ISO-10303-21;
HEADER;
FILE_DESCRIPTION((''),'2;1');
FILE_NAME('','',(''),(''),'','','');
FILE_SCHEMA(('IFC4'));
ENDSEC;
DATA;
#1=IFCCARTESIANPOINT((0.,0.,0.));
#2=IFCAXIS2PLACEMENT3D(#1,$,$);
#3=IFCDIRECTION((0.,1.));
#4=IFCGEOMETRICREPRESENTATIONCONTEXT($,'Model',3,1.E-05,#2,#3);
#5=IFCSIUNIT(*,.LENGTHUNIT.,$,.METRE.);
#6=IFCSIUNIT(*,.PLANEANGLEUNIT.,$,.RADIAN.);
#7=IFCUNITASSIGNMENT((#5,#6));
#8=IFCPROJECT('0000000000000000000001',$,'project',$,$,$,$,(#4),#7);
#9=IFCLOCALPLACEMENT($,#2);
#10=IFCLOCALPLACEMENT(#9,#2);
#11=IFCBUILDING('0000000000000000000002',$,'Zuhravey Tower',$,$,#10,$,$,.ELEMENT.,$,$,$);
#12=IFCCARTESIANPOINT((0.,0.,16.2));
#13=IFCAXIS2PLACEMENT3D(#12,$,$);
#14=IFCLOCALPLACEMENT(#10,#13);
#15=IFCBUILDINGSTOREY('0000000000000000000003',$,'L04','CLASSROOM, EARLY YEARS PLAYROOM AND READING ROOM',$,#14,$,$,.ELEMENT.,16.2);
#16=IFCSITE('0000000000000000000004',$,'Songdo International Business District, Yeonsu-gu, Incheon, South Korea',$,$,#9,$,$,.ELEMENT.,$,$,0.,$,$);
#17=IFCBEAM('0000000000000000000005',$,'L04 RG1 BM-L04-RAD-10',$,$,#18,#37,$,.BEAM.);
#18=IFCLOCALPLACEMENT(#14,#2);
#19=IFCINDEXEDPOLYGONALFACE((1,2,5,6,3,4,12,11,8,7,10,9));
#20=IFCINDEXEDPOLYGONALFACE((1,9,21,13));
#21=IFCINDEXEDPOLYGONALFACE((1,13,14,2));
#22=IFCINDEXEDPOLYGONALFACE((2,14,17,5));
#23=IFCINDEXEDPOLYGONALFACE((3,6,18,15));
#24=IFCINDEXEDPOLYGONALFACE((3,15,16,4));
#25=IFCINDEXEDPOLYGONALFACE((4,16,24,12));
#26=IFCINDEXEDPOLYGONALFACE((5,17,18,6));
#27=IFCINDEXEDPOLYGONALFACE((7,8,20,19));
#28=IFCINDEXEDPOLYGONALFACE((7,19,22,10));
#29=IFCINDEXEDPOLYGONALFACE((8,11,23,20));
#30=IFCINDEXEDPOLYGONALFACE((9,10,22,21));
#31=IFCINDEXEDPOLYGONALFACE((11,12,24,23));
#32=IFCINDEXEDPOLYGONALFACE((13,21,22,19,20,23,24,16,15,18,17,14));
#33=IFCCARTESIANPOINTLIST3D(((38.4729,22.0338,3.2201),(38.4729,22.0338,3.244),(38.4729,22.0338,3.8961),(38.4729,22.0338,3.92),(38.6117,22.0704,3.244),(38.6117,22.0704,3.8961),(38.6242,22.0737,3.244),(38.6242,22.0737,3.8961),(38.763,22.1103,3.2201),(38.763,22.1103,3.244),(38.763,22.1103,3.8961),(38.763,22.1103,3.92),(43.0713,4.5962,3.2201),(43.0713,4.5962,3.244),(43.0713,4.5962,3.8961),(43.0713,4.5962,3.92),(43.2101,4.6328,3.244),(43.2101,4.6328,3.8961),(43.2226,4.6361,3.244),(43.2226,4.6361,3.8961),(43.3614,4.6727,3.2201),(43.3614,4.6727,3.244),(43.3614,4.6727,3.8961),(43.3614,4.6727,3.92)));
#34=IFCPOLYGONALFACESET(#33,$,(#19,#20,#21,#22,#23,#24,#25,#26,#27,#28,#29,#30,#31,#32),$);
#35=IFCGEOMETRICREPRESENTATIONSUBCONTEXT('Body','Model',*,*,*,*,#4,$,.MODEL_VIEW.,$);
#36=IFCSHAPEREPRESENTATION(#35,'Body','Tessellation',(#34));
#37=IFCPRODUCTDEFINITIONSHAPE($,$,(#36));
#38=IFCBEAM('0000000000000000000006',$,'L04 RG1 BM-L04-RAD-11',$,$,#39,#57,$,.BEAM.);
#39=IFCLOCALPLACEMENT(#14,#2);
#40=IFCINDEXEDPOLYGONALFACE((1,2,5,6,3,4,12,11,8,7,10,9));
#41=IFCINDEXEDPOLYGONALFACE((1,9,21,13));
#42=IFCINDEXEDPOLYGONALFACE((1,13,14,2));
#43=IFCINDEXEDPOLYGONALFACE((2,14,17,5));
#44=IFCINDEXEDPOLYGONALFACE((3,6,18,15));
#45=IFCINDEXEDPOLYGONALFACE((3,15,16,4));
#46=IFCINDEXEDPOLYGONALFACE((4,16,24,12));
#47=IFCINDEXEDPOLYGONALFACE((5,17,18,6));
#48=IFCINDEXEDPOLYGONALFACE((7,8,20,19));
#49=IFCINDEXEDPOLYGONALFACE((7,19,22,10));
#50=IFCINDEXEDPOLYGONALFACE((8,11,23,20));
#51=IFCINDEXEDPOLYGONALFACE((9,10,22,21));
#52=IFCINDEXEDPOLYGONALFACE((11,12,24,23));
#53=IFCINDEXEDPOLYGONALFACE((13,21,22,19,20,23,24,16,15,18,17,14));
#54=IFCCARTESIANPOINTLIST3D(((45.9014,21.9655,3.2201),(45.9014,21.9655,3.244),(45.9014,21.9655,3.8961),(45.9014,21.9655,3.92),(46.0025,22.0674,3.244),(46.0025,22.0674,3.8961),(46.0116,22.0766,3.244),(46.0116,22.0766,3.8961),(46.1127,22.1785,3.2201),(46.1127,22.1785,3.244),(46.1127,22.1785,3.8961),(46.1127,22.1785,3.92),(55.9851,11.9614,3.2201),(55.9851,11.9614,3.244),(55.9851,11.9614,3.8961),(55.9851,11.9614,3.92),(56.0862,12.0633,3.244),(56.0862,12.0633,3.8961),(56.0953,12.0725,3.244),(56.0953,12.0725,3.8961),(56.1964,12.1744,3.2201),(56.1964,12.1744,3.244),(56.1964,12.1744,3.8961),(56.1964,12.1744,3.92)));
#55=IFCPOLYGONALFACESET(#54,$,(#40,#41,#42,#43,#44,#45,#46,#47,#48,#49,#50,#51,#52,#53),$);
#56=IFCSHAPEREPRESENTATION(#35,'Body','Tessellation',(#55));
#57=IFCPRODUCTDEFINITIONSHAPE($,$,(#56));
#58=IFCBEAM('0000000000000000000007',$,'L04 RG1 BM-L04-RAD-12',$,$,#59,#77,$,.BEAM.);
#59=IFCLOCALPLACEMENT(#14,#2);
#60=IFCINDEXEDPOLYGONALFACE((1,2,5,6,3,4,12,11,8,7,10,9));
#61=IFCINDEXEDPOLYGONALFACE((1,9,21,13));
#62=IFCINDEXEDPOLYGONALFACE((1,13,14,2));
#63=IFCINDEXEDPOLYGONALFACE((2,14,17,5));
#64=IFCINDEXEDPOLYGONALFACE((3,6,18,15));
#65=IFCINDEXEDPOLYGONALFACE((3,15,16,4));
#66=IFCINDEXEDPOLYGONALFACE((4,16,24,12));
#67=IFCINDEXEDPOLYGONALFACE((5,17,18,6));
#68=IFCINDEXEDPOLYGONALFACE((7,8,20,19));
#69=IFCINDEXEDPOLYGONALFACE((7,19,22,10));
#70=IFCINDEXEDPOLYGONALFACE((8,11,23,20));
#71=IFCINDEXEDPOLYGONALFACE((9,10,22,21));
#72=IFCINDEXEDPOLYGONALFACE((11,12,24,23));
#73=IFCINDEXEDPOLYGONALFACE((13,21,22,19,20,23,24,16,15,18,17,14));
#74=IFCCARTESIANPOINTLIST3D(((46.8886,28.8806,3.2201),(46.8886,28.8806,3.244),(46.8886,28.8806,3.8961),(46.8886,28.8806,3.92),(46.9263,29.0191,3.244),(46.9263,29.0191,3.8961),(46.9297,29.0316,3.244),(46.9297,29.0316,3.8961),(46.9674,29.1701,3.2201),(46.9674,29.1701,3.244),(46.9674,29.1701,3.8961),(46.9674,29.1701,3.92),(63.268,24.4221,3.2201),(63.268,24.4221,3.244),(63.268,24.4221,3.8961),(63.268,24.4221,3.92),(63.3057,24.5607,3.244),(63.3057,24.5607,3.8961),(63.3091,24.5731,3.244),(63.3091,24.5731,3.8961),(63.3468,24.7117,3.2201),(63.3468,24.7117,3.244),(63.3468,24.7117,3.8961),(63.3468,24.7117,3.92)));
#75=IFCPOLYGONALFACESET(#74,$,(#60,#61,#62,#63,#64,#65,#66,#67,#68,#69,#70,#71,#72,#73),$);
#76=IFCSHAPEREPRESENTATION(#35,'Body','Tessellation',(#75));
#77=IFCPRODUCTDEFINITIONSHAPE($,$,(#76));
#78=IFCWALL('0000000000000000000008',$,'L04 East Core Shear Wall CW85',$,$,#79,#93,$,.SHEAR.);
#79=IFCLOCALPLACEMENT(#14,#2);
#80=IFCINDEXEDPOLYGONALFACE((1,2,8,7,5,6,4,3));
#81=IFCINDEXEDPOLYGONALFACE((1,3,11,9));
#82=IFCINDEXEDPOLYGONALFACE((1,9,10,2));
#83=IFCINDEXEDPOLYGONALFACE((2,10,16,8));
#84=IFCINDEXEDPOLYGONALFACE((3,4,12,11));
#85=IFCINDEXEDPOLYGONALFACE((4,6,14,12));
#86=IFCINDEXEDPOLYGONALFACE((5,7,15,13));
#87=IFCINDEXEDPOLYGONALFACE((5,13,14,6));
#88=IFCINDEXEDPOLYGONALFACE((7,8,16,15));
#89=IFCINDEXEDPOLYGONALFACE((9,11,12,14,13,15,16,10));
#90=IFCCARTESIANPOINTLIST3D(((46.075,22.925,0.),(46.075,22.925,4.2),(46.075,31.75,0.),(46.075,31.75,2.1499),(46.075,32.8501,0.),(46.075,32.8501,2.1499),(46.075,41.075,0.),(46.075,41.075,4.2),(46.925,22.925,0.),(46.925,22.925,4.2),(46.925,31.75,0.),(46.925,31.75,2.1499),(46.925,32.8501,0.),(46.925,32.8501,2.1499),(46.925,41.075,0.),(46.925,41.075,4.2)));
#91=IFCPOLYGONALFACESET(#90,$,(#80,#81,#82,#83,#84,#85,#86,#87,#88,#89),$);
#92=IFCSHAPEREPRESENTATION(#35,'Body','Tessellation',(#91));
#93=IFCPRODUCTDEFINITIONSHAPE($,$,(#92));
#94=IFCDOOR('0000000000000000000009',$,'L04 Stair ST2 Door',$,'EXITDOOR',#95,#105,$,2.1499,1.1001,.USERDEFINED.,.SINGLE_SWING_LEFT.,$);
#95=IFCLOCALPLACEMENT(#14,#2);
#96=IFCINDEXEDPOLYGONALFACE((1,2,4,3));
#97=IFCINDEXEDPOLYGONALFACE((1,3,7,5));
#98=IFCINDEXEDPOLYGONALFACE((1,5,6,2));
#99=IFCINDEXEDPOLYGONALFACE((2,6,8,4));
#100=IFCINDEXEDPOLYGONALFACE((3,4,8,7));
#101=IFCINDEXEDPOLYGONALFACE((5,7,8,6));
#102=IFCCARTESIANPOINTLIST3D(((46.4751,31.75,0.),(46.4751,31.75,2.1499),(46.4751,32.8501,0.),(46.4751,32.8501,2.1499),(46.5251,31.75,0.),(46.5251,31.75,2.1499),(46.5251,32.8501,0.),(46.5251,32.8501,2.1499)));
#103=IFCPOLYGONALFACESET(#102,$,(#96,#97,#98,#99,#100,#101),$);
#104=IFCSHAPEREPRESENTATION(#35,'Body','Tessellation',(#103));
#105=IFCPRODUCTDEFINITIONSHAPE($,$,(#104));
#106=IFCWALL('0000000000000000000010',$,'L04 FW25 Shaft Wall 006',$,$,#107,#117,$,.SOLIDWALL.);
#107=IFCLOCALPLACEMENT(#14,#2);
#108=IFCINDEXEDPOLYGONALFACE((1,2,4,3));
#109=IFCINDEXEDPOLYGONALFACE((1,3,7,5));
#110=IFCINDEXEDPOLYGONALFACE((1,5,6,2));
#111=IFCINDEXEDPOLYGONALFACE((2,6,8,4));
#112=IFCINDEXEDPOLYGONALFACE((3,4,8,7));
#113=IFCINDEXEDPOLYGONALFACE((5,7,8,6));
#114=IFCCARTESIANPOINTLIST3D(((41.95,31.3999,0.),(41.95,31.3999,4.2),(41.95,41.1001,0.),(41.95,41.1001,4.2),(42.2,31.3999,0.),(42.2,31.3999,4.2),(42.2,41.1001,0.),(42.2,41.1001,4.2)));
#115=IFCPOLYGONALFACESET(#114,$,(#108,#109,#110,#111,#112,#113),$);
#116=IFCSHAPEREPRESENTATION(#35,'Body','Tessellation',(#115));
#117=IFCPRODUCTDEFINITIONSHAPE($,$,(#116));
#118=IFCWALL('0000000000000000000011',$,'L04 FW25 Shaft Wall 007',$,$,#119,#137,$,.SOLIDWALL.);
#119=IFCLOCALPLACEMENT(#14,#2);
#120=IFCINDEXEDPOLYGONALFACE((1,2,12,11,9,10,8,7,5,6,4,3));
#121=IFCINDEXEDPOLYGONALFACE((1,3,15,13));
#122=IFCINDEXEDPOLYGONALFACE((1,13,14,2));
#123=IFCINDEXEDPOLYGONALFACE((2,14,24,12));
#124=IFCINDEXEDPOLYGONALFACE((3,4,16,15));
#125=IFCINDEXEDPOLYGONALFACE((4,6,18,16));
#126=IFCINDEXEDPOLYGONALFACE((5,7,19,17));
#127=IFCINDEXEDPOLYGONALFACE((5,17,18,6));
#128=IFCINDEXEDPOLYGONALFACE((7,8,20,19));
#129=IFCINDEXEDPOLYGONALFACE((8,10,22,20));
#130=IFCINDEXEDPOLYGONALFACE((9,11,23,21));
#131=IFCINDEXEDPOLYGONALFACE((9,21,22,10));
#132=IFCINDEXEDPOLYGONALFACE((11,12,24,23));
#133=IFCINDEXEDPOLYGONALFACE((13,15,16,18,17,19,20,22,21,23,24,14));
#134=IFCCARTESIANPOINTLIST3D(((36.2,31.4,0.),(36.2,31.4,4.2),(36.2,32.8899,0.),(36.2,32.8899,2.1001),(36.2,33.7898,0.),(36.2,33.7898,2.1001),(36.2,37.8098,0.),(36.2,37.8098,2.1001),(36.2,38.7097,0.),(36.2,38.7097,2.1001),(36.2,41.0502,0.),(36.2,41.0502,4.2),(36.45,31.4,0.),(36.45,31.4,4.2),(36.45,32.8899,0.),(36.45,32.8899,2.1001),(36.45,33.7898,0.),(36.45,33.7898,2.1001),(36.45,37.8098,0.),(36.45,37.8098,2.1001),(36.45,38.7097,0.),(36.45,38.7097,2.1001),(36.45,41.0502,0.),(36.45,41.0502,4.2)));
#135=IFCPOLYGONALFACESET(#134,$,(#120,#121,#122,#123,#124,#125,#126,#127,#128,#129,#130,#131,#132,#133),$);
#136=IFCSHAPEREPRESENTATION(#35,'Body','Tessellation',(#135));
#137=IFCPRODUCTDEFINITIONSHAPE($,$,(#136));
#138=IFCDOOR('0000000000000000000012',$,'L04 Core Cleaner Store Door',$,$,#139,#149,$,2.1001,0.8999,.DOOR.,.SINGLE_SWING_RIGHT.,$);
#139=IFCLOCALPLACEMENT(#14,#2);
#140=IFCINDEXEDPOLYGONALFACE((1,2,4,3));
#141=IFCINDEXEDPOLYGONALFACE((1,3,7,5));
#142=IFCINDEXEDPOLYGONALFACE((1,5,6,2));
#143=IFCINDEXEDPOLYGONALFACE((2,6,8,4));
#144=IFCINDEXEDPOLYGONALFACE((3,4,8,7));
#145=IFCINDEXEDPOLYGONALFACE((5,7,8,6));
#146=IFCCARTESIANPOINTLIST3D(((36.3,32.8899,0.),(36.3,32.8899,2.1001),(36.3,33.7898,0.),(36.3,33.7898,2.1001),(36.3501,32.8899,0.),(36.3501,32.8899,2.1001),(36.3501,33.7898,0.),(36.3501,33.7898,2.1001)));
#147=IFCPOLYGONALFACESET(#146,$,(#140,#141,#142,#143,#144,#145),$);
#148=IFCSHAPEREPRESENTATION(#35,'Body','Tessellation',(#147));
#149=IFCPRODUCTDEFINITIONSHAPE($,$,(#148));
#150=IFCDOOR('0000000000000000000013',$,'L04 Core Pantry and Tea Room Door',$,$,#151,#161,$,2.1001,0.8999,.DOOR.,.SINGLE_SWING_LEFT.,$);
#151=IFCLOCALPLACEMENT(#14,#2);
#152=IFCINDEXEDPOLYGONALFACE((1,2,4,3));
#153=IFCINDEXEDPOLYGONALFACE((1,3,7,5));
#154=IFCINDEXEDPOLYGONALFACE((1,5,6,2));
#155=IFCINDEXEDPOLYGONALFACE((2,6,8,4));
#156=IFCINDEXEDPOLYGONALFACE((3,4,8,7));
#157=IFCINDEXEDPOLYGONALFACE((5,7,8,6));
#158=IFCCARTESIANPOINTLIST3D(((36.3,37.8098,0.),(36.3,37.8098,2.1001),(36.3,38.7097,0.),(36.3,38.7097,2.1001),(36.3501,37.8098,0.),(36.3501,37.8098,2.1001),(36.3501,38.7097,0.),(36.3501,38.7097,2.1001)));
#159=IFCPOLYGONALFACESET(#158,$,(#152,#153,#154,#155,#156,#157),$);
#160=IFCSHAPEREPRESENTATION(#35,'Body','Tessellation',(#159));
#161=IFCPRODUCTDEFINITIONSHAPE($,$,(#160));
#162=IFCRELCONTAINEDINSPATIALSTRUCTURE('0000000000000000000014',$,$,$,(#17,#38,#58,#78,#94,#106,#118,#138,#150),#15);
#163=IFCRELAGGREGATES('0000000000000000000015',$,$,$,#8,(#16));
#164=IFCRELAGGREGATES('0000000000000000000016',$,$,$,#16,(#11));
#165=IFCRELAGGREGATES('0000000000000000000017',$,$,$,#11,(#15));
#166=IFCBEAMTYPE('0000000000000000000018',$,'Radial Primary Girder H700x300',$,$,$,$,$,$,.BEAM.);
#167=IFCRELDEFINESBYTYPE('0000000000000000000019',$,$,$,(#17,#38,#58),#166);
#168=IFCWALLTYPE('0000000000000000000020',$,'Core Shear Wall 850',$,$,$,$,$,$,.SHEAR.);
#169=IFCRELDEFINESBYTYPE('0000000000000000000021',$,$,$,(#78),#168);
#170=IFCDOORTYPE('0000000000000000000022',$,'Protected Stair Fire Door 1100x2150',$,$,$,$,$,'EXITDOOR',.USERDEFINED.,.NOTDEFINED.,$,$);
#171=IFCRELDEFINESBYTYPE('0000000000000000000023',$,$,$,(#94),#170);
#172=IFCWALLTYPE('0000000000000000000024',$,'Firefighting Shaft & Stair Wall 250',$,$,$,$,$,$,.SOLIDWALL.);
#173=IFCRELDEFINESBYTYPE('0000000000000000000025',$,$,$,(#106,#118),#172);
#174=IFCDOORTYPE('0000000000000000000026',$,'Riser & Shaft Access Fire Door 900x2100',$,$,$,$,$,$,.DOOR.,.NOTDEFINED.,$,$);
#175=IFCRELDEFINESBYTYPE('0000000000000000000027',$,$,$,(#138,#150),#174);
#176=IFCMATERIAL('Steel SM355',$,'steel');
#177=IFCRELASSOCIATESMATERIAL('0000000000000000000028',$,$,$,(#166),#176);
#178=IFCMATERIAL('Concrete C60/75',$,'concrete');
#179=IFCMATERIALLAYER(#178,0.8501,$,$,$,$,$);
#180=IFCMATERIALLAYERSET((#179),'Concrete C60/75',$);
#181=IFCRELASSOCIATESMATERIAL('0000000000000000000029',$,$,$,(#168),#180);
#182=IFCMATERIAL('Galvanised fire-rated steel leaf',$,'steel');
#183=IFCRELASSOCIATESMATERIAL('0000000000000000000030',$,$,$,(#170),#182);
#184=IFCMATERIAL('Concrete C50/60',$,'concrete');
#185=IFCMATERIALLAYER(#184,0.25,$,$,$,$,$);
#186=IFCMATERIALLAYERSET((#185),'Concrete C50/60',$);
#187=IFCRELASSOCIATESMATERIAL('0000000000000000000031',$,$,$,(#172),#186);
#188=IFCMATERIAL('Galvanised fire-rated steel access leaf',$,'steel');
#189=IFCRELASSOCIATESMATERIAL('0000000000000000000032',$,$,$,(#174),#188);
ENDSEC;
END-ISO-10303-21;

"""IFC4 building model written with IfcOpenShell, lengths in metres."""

from ifc_helpers import new_model, si_unit, direction, frame, frame_2d, origin, origin_2d, place, context, subcontext, project, spatial, rectangle, i_section, extrude, material, layer, layer_set, material_profile, profile_set, type_object, element, fill, save


model = new_model("IFC4")

# Units and contexts
model_context = context("Model", 3, precision=1e-05, world=origin(), true_north=direction((0.0, 1.0)))
body_context = subcontext(model_context, "Body", "Model", "MODEL_VIEW")
ifc_project = project(units=[si_unit("LENGTHUNIT", "METRE"), si_unit("PLANEANGLEUNIT", "RADIAN")], contexts=[model_context])

# Site, building, storey
site_placement = place(None, origin())
site = spatial("IfcSite", under=ifc_project, at=site_placement, Name="Songdo International Business District, Yeonsu-gu, Incheon, South Korea", CompositionType="ELEMENT", RefElevation=0.0)
building_placement = place(site_placement, origin())
building = spatial("IfcBuilding", under=site, at=building_placement, Name="Zuhravey Tower", CompositionType="ELEMENT")
storey_placement = place(building_placement, frame((0.0, 0.0, 16.2)))
storey = spatial("IfcBuildingStorey", under=building, at=storey_placement, Name="L04", Description="CLASSROOM, EARLY YEARS PLAYROOM AND READING ROOM", CompositionType="ELEMENT", Elevation=16.2)

# Beams
ifc_material_1 = material(Name="Steel SM355", Category="steel")
ifc_material_profile = material_profile(ifc_material_1, i_section(OverallWidth=0.3, OverallDepth=0.7, WebThickness=0.0129, FlangeThickness=0.0239, at=origin_2d()), Name="H-700x300x13x24")
ifc_profile_set = profile_set([ifc_material_profile], Name="Steel SM355")
beam_type = type_object("IfcBeamType", Name="Radial Primary Girder H700x300", PredefinedType="BEAM", material=ifc_profile_set)
beam_1_placement = place(storey_placement, frame((38.6179, 22.072, 3.5701), z_axis=(0.25499, -0.966944, 0.0), x_axis=(0.966944, 0.25499, 0.0)))
element("IfcBeam", 1, at=beam_1_placement, inside=storey, type_object=beam_type, Name="L04 RG1 BM-L04-RAD-10", PredefinedType="BEAM", context=body_context, shape_type="SweptSolid", body=[
    extrude(i_section(OverallWidth=0.3, OverallDepth=0.7, WebThickness=0.0129, FlangeThickness=0.0239, at=origin_2d()), origin(), (0.0, 0.0, 1.0), 18.0337),
])
beam_2_placement = place(storey_placement, frame((46.0071, 22.072, 3.5701), z_axis=(0.709903, -0.7043, 0.0), x_axis=(0.7043, 0.709903, 0.0)))
element("IfcBeam", 2, at=beam_2_placement, inside=storey, type_object=beam_type, Name="L04 RG1 BM-L04-RAD-11", PredefinedType="BEAM", context=body_context, shape_type="SweptSolid", body=[
    extrude(i_section(OverallWidth=0.3, OverallDepth=0.7, WebThickness=0.0129, FlangeThickness=0.0239, at=origin_2d()), origin(), (0.0, 0.0, 1.0), 14.2043),
])
beam_3_placement = place(storey_placement, frame((46.928, 29.0254, 3.5701), z_axis=(0.964892, -0.262645, 0.0), x_axis=(0.262645, 0.964892, 0.0)))
element("IfcBeam", 3, at=beam_3_placement, inside=storey, type_object=beam_type, Name="L04 RG1 BM-L04-RAD-12", PredefinedType="BEAM", context=body_context, shape_type="SweptSolid", body=[
    extrude(i_section(OverallWidth=0.3, OverallDepth=0.7, WebThickness=0.0129, FlangeThickness=0.0239, at=origin_2d()), origin(), (0.0, 0.0, 1.0), 16.9753),
])

# Wall, opening, door
ifc_material_2 = material(Name="Concrete C60/75", Category="concrete")
ifc_layer_1 = layer(ifc_material_2, 0.8501)
ifc_layer_set_1 = layer_set([ifc_layer_1], Name="Concrete C60/75")
wall_type_1 = type_object("IfcWallType", Name="Core Shear Wall 850", PredefinedType="SHEAR", material=ifc_layer_set_1)
ifc_material_3 = material(Name="Galvanised fire-rated steel leaf", Category="steel")
wall_1_placement = place(storey_placement, frame((46.5, 22.925, 0.0), z_axis=(0.0, 0.0, 1.0), x_axis=(0.0, 1.0, 0.0)))
wall_1 = element("IfcWall", 4, at=wall_1_placement, inside=storey, type_object=wall_type_1, Name="L04 East Core Shear Wall CW85", PredefinedType="SHEAR", context=body_context, shape_type="SweptSolid", body=[
    extrude(rectangle(XDim=18.1499, YDim=0.8501, at=frame_2d((9.075, 0.0))), origin(), (0.0, 0.0, 1.0), 4.2),
])
opening_1_placement = place(wall_1_placement, frame((8.825, 0.0, 0.0)))
opening_1 = element("IfcOpeningElement", 5, at=opening_1_placement, cuts=wall_1, PredefinedType="OPENING", context=body_context, shape_type="SweptSolid", body=[
    extrude(rectangle(XDim=1.1001, YDim=2.1499, at=frame_2d((0.55, 1.075))), frame((0.0, 0.437, 0.0), z_axis=(0.0, -1.0, 0.0), x_axis=(1.0, 0.0, 0.0)), (0.0, 0.0, 1.0), 0.874),
])
door_type_1 = type_object("IfcDoorType", Name="Protected Stair Fire Door 1100x2150", ElementType="EXITDOOR", OperationType="NOTDEFINED", PredefinedType="USERDEFINED", material=ifc_material_3)
door_1_placement = place(opening_1_placement, origin())
door_1 = element("IfcDoor", 6, at=door_1_placement, inside=storey, type_object=door_type_1, Name="L04 Stair ST2 Door", ObjectType="EXITDOOR", OperationType="SINGLE_SWING_LEFT", OverallHeight=2.1499, OverallWidth=1.1001, PredefinedType="USERDEFINED", context=body_context, shape_type="SweptSolid", body=[
    extrude(rectangle(XDim=1.1001, YDim=2.1499, at=frame_2d((0.55, 1.075))), frame((0.0, 0.0249, 0.0), z_axis=(0.0, -1.0, 0.0), x_axis=(1.0, 0.0, 0.0)), (0.0, 0.0, 1.0), 0.05),
])
fill(opening_1, door_1)

# Wall
ifc_material_4 = material(Name="Concrete C50/60", Category="concrete")
ifc_layer_2 = layer(ifc_material_4, 0.25)
ifc_layer_set_2 = layer_set([ifc_layer_2], Name="Concrete C50/60")
wall_type_2 = type_object("IfcWallType", Name="Firefighting Shaft & Stair Wall 250", PredefinedType="SOLIDWALL", material=ifc_layer_set_2)
wall_2_placement = place(storey_placement, frame((42.075, 31.3999, 0.0), z_axis=(0.0, 0.0, 1.0), x_axis=(0.0, 1.0, 0.0)))
element("IfcWall", 7, at=wall_2_placement, inside=storey, type_object=wall_type_2, Name="L04 FW25 Shaft Wall 006", PredefinedType="SOLIDWALL", context=body_context, shape_type="SweptSolid", body=[
    extrude(rectangle(XDim=9.7002, YDim=0.25, at=frame_2d((4.8501, 0.0))), origin(), (0.0, 0.0, 1.0), 4.2),
])

# Wall, openings, doors
wall_3_placement = place(storey_placement, frame((36.325, 31.3999, 0.0), z_axis=(0.0, 0.0, 1.0), x_axis=(0.0, 1.0, 0.0)))
wall_3 = element("IfcWall", 8, at=wall_3_placement, inside=storey, type_object=wall_type_2, Name="L04 FW25 Shaft Wall 007", PredefinedType="SOLIDWALL", context=body_context, shape_type="SweptSolid", body=[
    extrude(rectangle(XDim=9.6501, YDim=0.25, at=frame_2d((4.8252, 0.0))), origin(), (0.0, 0.0, 1.0), 4.2),
])
opening_2_placement = place(wall_3_placement, frame((1.49, 0.0, 0.0)))
opening_2 = element("IfcOpeningElement", 9, at=opening_2_placement, cuts=wall_3, PredefinedType="OPENING", context=body_context, shape_type="SweptSolid", body=[
    extrude(rectangle(XDim=0.8999, YDim=2.1001, at=frame_2d((0.45, 1.05))), frame((0.0, 0.137, 0.0), z_axis=(0.0, -1.0, 0.0), x_axis=(1.0, 0.0, 0.0)), (0.0, 0.0, 1.0), 0.2739),
])
opening_3_placement = place(wall_3_placement, frame((6.4099, 0.0, 0.0)))
opening_3 = element("IfcOpeningElement", 10, at=opening_3_placement, cuts=wall_3, PredefinedType="OPENING", context=body_context, shape_type="SweptSolid", body=[
    extrude(rectangle(XDim=0.8999, YDim=2.1001, at=frame_2d((0.45, 1.05))), frame((0.0, 0.137, 0.0), z_axis=(0.0, -1.0, 0.0), x_axis=(1.0, 0.0, 0.0)), (0.0, 0.0, 1.0), 0.2739),
])
ifc_material_5 = material(Name="Galvanised fire-rated steel access leaf", Category="steel")
door_type_2 = type_object("IfcDoorType", Name="Riser & Shaft Access Fire Door 900x2100", OperationType="NOTDEFINED", PredefinedType="DOOR", material=ifc_material_5)
door_2_placement = place(opening_2_placement, origin())
door_2 = element("IfcDoor", 11, at=door_2_placement, inside=storey, type_object=door_type_2, Name="L04 Core Cleaner Store Door", OperationType="SINGLE_SWING_RIGHT", OverallHeight=2.1001, OverallWidth=0.8999, PredefinedType="DOOR", context=body_context, shape_type="SweptSolid", body=[
    extrude(rectangle(XDim=0.8999, YDim=2.1001, at=frame_2d((0.45, 1.05))), frame((0.0, 0.0249, 0.0), z_axis=(0.0, -1.0, 0.0), x_axis=(1.0, 0.0, 0.0)), (0.0, 0.0, 1.0), 0.05),
])
fill(opening_2, door_2)
door_3_placement = place(opening_3_placement, origin())
door_3 = element("IfcDoor", 12, at=door_3_placement, inside=storey, type_object=door_type_2, Name="L04 Core Pantry and Tea Room Door", OperationType="SINGLE_SWING_LEFT", OverallHeight=2.1001, OverallWidth=0.8999, PredefinedType="DOOR", context=body_context, shape_type="SweptSolid", body=[
    extrude(rectangle(XDim=0.8999, YDim=2.1001, at=frame_2d((0.45, 1.05))), frame((0.0, 0.0249, 0.0), z_axis=(0.0, -1.0, 0.0), x_axis=(1.0, 0.0, 0.0)), (0.0, 0.0, 1.0), 0.05),
])
fill(opening_3, door_3)

save(model, "model.ifc")
